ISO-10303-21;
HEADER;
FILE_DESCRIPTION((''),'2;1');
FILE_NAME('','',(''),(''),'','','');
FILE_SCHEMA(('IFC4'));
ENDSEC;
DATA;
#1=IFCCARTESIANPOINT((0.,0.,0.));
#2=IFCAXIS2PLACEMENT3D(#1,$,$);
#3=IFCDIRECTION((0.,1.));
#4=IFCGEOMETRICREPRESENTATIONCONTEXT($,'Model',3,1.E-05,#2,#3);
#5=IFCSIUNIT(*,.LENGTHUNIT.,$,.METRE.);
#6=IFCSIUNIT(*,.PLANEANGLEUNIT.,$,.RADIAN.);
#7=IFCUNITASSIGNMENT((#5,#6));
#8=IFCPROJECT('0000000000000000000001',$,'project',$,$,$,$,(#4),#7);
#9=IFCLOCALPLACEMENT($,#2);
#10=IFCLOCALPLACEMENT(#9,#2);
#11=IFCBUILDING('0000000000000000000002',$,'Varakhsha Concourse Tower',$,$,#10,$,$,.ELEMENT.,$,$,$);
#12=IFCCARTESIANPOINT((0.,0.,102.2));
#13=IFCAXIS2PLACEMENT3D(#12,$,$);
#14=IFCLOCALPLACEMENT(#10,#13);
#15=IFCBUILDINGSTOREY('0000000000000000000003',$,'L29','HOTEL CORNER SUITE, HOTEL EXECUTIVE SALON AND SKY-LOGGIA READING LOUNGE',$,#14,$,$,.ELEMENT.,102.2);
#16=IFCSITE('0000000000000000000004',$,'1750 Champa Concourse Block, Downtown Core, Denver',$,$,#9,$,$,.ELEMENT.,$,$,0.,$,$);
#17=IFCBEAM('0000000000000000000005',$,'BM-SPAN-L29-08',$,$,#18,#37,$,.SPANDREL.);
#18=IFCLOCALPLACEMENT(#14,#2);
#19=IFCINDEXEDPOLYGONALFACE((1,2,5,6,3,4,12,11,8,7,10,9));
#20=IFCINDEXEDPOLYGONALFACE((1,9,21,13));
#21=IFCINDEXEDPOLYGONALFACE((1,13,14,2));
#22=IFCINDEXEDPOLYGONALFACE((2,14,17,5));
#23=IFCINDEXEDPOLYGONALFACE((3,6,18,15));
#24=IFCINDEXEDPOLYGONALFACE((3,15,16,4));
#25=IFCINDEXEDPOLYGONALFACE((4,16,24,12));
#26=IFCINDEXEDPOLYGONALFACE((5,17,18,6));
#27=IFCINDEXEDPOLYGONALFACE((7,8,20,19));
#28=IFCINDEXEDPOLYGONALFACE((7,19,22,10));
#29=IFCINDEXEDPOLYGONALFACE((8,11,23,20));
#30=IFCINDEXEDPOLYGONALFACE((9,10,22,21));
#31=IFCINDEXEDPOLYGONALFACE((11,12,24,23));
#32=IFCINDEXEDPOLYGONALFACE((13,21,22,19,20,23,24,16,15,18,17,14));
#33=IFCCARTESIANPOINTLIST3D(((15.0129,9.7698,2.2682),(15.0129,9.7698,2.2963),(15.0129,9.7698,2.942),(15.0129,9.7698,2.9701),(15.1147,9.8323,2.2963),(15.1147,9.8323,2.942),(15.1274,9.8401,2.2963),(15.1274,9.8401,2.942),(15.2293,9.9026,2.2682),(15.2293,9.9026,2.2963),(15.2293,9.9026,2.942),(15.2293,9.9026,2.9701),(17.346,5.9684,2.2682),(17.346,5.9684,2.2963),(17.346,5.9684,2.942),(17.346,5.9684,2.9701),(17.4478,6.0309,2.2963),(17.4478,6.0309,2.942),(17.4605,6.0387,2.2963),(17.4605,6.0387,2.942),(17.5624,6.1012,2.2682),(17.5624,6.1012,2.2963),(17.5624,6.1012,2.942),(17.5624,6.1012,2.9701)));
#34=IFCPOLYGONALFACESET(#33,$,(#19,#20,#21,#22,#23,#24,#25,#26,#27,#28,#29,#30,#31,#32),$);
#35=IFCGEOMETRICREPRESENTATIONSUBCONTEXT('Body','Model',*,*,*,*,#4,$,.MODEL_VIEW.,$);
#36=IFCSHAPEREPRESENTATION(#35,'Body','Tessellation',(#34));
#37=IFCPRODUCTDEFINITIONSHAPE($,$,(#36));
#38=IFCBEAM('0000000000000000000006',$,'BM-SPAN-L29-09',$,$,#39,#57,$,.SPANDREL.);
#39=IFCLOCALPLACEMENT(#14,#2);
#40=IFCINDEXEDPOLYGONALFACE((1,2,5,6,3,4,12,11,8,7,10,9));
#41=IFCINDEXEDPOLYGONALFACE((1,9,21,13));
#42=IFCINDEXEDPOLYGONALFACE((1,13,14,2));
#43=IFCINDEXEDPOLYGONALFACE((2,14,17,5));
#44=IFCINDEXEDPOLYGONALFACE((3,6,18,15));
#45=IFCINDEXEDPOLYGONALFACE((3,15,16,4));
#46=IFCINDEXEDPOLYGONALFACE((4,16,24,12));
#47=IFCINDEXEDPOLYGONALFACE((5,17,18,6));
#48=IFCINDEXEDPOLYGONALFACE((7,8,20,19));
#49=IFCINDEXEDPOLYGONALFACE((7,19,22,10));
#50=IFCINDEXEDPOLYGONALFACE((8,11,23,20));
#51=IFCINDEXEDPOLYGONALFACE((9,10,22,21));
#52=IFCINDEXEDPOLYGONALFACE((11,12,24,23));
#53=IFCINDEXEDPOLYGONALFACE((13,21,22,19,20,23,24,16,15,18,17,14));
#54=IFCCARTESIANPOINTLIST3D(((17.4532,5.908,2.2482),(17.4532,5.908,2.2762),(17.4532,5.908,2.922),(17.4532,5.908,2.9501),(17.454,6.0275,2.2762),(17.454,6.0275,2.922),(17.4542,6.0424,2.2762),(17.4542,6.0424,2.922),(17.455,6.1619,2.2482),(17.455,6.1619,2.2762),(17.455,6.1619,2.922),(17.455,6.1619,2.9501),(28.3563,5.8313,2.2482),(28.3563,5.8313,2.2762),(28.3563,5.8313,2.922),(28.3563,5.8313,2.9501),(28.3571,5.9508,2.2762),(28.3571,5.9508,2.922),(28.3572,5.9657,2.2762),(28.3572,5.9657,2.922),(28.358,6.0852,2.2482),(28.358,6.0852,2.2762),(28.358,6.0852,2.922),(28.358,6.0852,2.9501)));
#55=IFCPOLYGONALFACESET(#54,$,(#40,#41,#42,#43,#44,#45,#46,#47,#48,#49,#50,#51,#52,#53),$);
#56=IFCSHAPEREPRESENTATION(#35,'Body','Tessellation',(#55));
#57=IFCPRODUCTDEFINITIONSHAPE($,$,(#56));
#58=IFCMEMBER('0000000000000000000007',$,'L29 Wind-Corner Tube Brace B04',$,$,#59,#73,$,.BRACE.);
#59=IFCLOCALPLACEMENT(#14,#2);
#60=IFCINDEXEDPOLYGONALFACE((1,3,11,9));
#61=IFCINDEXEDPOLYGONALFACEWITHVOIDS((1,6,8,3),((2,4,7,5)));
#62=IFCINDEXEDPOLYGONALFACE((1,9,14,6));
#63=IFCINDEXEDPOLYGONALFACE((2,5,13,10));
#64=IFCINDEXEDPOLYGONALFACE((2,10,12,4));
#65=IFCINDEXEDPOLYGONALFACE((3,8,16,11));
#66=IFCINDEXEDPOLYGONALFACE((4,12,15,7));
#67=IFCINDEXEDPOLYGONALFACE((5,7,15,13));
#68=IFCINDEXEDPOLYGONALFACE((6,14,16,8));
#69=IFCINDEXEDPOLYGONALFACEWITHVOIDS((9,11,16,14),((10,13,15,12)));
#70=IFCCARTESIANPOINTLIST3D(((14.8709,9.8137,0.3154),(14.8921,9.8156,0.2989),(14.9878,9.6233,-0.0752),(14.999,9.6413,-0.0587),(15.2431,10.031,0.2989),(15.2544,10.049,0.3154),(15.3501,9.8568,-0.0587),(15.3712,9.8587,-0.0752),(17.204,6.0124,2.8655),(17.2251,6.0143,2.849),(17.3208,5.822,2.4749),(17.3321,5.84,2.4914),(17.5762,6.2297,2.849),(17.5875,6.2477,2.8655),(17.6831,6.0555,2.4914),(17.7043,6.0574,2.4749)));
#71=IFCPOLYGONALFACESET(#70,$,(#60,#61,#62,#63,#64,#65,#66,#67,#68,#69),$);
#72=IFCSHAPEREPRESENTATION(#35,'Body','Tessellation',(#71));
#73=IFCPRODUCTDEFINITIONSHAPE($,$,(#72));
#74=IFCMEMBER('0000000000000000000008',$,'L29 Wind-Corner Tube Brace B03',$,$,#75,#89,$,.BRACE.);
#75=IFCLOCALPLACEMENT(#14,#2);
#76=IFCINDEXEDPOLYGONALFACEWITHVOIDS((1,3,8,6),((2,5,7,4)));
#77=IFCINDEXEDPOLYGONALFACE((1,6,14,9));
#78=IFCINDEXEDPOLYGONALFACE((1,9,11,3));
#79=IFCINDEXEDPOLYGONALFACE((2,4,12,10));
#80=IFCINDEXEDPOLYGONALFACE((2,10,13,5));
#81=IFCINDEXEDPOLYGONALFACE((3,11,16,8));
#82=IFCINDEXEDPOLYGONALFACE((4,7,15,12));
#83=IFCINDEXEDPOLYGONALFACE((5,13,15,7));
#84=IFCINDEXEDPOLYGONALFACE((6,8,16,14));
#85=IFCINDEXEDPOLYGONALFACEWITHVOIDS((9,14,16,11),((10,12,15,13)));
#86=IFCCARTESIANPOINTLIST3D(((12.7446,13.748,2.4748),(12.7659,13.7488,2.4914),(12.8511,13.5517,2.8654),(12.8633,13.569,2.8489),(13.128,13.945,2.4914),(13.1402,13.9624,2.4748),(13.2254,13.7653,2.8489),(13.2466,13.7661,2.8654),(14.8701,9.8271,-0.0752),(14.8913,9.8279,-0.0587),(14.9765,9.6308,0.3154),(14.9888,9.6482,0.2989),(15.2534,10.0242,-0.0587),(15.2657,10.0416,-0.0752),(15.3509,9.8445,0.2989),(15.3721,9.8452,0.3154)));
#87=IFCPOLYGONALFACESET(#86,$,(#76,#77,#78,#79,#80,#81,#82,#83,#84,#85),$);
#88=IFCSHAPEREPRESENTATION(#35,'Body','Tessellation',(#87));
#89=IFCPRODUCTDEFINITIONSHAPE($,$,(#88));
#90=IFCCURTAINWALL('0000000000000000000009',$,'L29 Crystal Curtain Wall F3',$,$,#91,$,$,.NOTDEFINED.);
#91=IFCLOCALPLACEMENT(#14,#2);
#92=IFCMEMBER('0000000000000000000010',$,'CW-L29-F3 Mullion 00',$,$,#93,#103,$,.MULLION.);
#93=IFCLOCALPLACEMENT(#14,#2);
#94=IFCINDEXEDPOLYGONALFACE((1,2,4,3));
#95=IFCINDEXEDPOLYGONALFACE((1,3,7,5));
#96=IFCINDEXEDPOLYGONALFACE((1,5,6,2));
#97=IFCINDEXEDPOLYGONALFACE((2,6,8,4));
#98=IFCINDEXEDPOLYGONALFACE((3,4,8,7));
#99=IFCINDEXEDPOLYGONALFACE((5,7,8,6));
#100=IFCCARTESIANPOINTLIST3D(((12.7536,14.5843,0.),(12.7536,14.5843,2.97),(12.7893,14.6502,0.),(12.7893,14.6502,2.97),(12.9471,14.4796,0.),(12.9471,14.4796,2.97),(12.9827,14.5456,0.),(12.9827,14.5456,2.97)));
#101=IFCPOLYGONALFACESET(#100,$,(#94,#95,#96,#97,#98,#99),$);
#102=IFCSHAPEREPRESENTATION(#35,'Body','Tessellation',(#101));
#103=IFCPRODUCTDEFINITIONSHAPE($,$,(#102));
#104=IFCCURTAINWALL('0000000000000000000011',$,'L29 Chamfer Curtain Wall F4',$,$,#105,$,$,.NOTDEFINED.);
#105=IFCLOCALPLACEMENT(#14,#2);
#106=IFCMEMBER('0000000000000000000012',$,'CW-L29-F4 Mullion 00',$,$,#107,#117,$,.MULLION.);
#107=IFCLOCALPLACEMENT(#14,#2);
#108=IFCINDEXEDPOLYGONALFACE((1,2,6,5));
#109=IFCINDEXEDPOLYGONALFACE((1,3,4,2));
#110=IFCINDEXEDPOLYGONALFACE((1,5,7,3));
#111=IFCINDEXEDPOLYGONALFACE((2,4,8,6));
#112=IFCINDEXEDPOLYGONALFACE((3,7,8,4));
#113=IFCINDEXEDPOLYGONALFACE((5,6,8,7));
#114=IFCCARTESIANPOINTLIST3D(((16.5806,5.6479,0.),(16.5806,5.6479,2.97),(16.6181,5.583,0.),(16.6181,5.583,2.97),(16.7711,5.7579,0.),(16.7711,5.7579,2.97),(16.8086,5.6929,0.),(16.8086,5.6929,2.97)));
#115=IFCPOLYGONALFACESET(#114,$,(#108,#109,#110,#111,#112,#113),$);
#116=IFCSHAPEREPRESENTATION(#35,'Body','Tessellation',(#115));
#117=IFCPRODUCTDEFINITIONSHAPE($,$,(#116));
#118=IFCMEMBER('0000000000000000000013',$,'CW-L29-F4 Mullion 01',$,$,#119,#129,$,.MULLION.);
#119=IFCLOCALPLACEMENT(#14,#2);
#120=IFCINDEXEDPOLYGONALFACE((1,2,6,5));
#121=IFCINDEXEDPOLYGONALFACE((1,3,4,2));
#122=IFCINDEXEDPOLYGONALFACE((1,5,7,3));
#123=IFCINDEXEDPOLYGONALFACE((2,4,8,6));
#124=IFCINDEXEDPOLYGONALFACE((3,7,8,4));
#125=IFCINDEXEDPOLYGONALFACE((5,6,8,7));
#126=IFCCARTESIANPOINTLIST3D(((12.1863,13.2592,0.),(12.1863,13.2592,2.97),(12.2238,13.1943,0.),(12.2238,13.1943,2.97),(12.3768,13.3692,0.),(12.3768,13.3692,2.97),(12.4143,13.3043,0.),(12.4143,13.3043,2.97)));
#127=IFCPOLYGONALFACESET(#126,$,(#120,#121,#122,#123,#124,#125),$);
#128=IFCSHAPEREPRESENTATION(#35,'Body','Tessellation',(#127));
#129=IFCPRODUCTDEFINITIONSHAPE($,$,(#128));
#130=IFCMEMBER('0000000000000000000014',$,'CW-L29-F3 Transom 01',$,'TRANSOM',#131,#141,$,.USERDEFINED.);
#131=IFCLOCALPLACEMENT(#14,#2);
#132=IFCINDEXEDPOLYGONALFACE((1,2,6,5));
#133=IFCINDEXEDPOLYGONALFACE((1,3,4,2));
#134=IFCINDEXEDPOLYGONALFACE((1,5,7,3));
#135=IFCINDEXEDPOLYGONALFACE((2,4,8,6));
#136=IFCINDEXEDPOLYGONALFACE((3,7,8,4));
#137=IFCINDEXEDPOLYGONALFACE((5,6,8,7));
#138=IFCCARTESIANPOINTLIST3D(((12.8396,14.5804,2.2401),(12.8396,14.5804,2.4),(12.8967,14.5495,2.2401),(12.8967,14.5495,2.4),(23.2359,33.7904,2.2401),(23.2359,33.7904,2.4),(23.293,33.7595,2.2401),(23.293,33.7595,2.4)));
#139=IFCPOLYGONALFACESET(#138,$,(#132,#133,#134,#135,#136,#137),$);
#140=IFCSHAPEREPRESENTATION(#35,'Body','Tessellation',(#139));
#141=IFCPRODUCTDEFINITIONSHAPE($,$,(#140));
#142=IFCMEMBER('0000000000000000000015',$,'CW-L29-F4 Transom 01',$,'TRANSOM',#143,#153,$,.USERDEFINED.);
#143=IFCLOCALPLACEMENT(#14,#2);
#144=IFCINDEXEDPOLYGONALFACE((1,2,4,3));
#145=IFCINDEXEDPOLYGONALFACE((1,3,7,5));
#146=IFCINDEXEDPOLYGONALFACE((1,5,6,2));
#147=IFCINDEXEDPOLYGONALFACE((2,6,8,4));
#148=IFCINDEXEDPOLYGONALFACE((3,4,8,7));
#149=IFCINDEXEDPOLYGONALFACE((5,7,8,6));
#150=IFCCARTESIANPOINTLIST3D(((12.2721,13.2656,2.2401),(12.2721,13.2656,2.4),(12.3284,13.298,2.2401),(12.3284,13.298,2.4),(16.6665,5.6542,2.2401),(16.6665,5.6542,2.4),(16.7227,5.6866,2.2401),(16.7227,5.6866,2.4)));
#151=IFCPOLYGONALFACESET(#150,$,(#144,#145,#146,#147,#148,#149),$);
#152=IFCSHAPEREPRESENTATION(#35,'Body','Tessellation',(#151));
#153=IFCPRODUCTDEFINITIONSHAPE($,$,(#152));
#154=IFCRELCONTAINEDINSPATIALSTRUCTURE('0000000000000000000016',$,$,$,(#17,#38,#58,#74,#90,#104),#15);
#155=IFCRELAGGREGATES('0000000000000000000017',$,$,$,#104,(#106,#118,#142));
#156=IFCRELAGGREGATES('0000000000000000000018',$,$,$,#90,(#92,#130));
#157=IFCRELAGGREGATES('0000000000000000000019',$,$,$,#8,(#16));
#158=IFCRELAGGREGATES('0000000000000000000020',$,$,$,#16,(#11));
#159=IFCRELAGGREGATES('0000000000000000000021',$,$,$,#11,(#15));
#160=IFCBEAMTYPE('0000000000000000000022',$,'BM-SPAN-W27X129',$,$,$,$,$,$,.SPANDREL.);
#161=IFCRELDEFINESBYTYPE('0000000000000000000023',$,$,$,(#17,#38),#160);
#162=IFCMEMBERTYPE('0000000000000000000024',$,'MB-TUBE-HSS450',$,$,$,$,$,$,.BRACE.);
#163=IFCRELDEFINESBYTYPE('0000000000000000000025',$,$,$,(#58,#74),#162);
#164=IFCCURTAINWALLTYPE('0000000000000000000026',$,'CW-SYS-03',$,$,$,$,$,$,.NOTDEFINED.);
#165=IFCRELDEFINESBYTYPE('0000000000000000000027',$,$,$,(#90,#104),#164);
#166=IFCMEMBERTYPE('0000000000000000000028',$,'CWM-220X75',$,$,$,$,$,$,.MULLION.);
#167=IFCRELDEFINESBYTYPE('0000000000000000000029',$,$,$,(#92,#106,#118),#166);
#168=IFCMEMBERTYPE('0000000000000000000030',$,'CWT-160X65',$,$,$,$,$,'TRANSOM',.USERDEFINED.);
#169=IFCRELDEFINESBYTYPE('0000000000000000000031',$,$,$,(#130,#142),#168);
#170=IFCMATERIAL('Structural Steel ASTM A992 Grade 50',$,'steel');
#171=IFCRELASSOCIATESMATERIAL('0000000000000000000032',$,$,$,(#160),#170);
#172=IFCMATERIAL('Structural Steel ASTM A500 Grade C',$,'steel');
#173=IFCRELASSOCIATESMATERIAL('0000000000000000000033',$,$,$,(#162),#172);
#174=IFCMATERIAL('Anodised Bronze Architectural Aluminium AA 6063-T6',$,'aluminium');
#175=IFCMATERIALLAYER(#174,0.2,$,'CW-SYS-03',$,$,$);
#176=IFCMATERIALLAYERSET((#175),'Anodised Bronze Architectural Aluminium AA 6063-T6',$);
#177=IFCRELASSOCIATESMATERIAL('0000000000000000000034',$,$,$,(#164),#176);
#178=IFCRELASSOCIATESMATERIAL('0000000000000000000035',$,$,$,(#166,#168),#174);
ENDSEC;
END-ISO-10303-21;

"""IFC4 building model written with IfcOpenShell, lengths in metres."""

from ifc_helpers import new_model, si_unit, direction, frame, origin, origin_2d, place, context, subcontext, project, spatial, rectangle, hollow_rectangle, i_section, extrude, source, transform, mapped, material, layer, layer_set, material_profile, profile_set, type_object, type_shapes, element, aggregate, save


model = new_model("IFC4")

# Units and contexts
model_context = context("Model", 3, precision=1e-05, world=origin(), true_north=direction((0.0, 1.0)))
body_context = subcontext(model_context, "Body", "Model", "MODEL_VIEW")
ifc_project = project(units=[si_unit("LENGTHUNIT", "METRE"), si_unit("PLANEANGLEUNIT", "RADIAN")], contexts=[model_context])

# Site, building, storey
site_placement = place(None, origin())
site = spatial("IfcSite", under=ifc_project, at=site_placement, Name="1750 Champa Concourse Block, Downtown Core, Denver", CompositionType="ELEMENT", RefElevation=0.0)
building_placement = place(site_placement, origin())
building = spatial("IfcBuilding", under=site, at=building_placement, Name="Varakhsha Concourse Tower", CompositionType="ELEMENT")
storey_placement = place(building_placement, frame((0.0, 0.0, 102.2)))
storey = spatial("IfcBuildingStorey", under=building, at=storey_placement, Name="L29", Description="HOTEL CORNER SUITE, HOTEL EXECUTIVE SALON AND SKY-LOGGIA READING LOUNGE", CompositionType="ELEMENT", Elevation=102.2)

# Beams
ifc_material_1 = material(Name="Structural Steel ASTM A992 Grade 50", Category="steel")
ifc_material_profile_1 = material_profile(ifc_material_1, i_section(OverallWidth=0.2539, OverallDepth=0.7019, WebThickness=0.0149, FlangeThickness=0.0281, at=origin_2d()), Name="W27X129")
ifc_profile_set_1 = profile_set([ifc_material_profile_1], Name="Structural Steel ASTM A992 Grade 50")
beam_type_1 = type_object("IfcBeamType", Name="BM-SPAN-W27X129", PredefinedType="SPANDREL", material=ifc_profile_set_1)
beam_1_placement = place(storey_placement, frame((15.1211, 9.8362, 2.6191), z_axis=(0.523083, -0.852282, 0.0), x_axis=(0.852282, 0.523083, 0.0)))
element("IfcBeam", 1, at=beam_1_placement, inside=storey, type_object=beam_type_1, Name="BM-SPAN-L29-08", PredefinedType="SPANDREL", context=body_context, shape_type="SweptSolid", body=[
    extrude(i_section(OverallWidth=0.2539, OverallDepth=0.7019, WebThickness=0.0149, FlangeThickness=0.0281, at=origin_2d()), origin(), (0.0, 0.0, 1.0), 4.4602),
])
beam_2_placement = place(storey_placement, frame((17.4541, 6.0349, 2.5991), z_axis=(0.999975, -0.007031, 0.0), x_axis=(0.007031, 0.999975, 0.0)))
element("IfcBeam", 2, at=beam_2_placement, inside=storey, type_object=beam_type_1, Name="BM-SPAN-L29-09", PredefinedType="SPANDREL", context=body_context, shape_type="SweptSolid", body=[
    extrude(i_section(OverallWidth=0.2539, OverallDepth=0.7019, WebThickness=0.0149, FlangeThickness=0.0281, at=origin_2d()), origin(), (0.0, 0.0, 1.0), 10.9033),
])

# Members
ifc_material_2 = material(Name="Structural Steel ASTM A500 Grade C", Category="steel")
ifc_material_profile_2 = material_profile(ifc_material_2, hollow_rectangle(XDim=0.45, YDim=0.45, WallThickness=0.019, at=origin_2d()), Name="HSS 450x450x19")
ifc_profile_set_2 = profile_set([ifc_material_profile_2], Name="Structural Steel ASTM A500 Grade C")
member_type_1 = type_object("IfcMemberType", Name="MB-TUBE-HSS450", PredefinedType="BRACE", material=ifc_profile_set_2)
shared_shape_1 = source(origin(), body_context, "Body", "SweptSolid", [
    extrude(hollow_rectangle(XDim=0.45, YDim=0.45, WallThickness=0.019, at=origin_2d()), origin(), (0.0, 0.0, 1.0), 5.1377),
])
member_1_placement = place(storey_placement, frame((15.1211, 9.8362, 0.1201), z_axis=(0.454101, -0.739887, 0.496347), x_axis=(0.852282, 0.523083, 0.0)))
element("IfcMember", 3, at=member_1_placement, inside=storey, type_object=member_type_1, Name="L29 Wind-Corner Tube Brace B04", PredefinedType="BRACE", context=body_context, shape_type="MappedRepresentation", body=[
    mapped(shared_shape_1, transform((0.0, 0.0, 0.0), scale=1.0)),
])
shared_shape_2 = source(origin(), body_context, "Body", "SweptSolid", [
    extrude(hollow_rectangle(XDim=0.45, YDim=0.45, WallThickness=0.019, at=origin_2d()), origin(), (0.0, 0.0, 1.0), 5.1375),
])
type_shapes(member_type_1, [shared_shape_1, shared_shape_2])
member_2_placement = place(storey_placement, frame((15.1211, 9.8362, 0.1201), z_axis=(-0.41372, 0.763192, 0.49636), x_axis=(-0.879135, -0.476572, 0.0)))
element("IfcMember", 4, at=member_2_placement, inside=storey, type_object=member_type_1, Name="L29 Wind-Corner Tube Brace B03", PredefinedType="BRACE", context=body_context, shape_type="MappedRepresentation", body=[
    mapped(shared_shape_2, transform((0.0, 0.0, 0.0), scale=1.0)),
])

# Curtain wall, member
ifc_material_3 = material(Name="Anodised Bronze Architectural Aluminium AA 6063-T6", Category="aluminium")
ifc_layer_1 = layer(ifc_material_3, 0.2, Name="CW-SYS-03")
ifc_layer_set_1 = layer_set([ifc_layer_1], Name="Anodised Bronze Architectural Aluminium AA 6063-T6")
curtain_wall_type = type_object("IfcCurtainWallType", Name="CW-SYS-03", PredefinedType="NOTDEFINED", material=ifc_layer_set_1)
curtain_wall_1_placement = place(storey_placement, origin())
curtain_wall_1 = element("IfcCurtainWall", 5, at=curtain_wall_1_placement, inside=storey, type_object=curtain_wall_type, Name="L29 Crystal Curtain Wall F3", PredefinedType="NOTDEFINED")
ifc_material_profile_3 = material_profile(ifc_material_3, rectangle(XDim=0.075, YDim=0.22, at=origin_2d()), Name="CWM-220X75")
ifc_profile_set_3 = profile_set([ifc_material_profile_3], Name="Anodised Bronze Architectural Aluminium AA 6063-T6")
member_type_2 = type_object("IfcMemberType", Name="CWM-220X75", PredefinedType="MULLION", material=ifc_profile_set_3)
shared_shape_3 = source(origin(), body_context, "Body", "SweptSolid", [
    extrude(rectangle(XDim=0.075, YDim=0.22, at=origin_2d()), origin(), (0.0, 0.0, 1.0), 2.97),
])
type_shapes(member_type_2, [shared_shape_3])
member_3_placement = place(storey_placement, frame((12.8682, 14.5649, 0.0), z_axis=(0.0, 0.0, 1.0), x_axis=(0.475959, 0.879468, 0.0)))
member_3 = element("IfcMember", 6, at=member_3_placement, type_object=member_type_2, Name="CW-L29-F3 Mullion 00", PredefinedType="MULLION", context=body_context, shape_type="MappedRepresentation", body=[
    mapped(shared_shape_3, transform((0.0, 0.0, 0.0), scale=1.0)),
])

# Curtain wall, members
curtain_wall_2_placement = place(storey_placement, origin())
curtain_wall_2 = element("IfcCurtainWall", 7, at=curtain_wall_2_placement, inside=storey, type_object=curtain_wall_type, Name="L29 Chamfer Curtain Wall F4", PredefinedType="NOTDEFINED")
member_4_placement = place(storey_placement, frame((16.6946, 5.6704, 0.0), z_axis=(0.0, 0.0, 1.0), x_axis=(-0.499997, 0.866027, 0.0)))
member_4 = element("IfcMember", 8, at=member_4_placement, type_object=member_type_2, Name="CW-L29-F4 Mullion 00", PredefinedType="MULLION", context=body_context, shape_type="MappedRepresentation", body=[
    mapped(shared_shape_3, transform((0.0, 0.0, 0.0), scale=1.0)),
])
member_5_placement = place(storey_placement, frame((12.3003, 13.2817, 0.0), z_axis=(0.0, 0.0, 1.0), x_axis=(-0.499997, 0.866027, 0.0)))
member_5 = element("IfcMember", 9, at=member_5_placement, type_object=member_type_2, Name="CW-L29-F4 Mullion 01", PredefinedType="MULLION", context=body_context, shape_type="MappedRepresentation", body=[
    mapped(shared_shape_3, transform((0.0, 0.0, 0.0), scale=1.0)),
])

# Members
ifc_material_profile_4 = material_profile(ifc_material_3, rectangle(XDim=0.0649, YDim=0.1599, at=origin_2d()), Name="CWT-160X65")
ifc_profile_set_4 = profile_set([ifc_material_profile_4], Name="Anodised Bronze Architectural Aluminium AA 6063-T6")
member_type_3 = type_object("IfcMemberType", Name="CWT-160X65", ElementType="TRANSOM", PredefinedType="USERDEFINED", material=ifc_profile_set_4)
shared_shape_4 = source(origin(), body_context, "Body", "SweptSolid", [
    extrude(rectangle(XDim=0.0649, YDim=0.1599, at=origin_2d()), origin(), (0.0, 0.0, 1.0), 21.8428),
])
member_6_placement = place(storey_placement, frame((12.8682, 14.5649, 2.3201), z_axis=(0.475959, 0.879467, 0.0), x_axis=(-0.879467, 0.475959, 0.0)))
member_6 = element("IfcMember", 10, at=member_6_placement, type_object=member_type_3, Name="CW-L29-F3 Transom 01", ObjectType="TRANSOM", PredefinedType="USERDEFINED", context=body_context, shape_type="MappedRepresentation", body=[
    mapped(shared_shape_4, transform((0.0, 0.0, 0.0), scale=1.0)),
])
shared_shape_5 = source(origin(), body_context, "Body", "SweptSolid", [
    extrude(rectangle(XDim=0.0649, YDim=0.1599, at=origin_2d()), origin(), (0.0, 0.0, 1.0), 8.7888),
])
type_shapes(member_type_3, [shared_shape_4, shared_shape_5])
member_7_placement = place(storey_placement, frame((16.6946, 5.6704, 2.3201), z_axis=(-0.49999, 0.866031, 0.0), x_axis=(-0.866031, -0.49999, 0.0)))
member_7 = element("IfcMember", 11, at=member_7_placement, type_object=member_type_3, Name="CW-L29-F4 Transom 01", ObjectType="TRANSOM", PredefinedType="USERDEFINED", context=body_context, shape_type="MappedRepresentation", body=[
    mapped(shared_shape_5, transform((0.0, 0.0, 0.0), scale=1.0)),
])

aggregate(curtain_wall_2, [member_4, member_5, member_7])
aggregate(curtain_wall_1, [member_3, member_6])

save(model, "model.ifc")
